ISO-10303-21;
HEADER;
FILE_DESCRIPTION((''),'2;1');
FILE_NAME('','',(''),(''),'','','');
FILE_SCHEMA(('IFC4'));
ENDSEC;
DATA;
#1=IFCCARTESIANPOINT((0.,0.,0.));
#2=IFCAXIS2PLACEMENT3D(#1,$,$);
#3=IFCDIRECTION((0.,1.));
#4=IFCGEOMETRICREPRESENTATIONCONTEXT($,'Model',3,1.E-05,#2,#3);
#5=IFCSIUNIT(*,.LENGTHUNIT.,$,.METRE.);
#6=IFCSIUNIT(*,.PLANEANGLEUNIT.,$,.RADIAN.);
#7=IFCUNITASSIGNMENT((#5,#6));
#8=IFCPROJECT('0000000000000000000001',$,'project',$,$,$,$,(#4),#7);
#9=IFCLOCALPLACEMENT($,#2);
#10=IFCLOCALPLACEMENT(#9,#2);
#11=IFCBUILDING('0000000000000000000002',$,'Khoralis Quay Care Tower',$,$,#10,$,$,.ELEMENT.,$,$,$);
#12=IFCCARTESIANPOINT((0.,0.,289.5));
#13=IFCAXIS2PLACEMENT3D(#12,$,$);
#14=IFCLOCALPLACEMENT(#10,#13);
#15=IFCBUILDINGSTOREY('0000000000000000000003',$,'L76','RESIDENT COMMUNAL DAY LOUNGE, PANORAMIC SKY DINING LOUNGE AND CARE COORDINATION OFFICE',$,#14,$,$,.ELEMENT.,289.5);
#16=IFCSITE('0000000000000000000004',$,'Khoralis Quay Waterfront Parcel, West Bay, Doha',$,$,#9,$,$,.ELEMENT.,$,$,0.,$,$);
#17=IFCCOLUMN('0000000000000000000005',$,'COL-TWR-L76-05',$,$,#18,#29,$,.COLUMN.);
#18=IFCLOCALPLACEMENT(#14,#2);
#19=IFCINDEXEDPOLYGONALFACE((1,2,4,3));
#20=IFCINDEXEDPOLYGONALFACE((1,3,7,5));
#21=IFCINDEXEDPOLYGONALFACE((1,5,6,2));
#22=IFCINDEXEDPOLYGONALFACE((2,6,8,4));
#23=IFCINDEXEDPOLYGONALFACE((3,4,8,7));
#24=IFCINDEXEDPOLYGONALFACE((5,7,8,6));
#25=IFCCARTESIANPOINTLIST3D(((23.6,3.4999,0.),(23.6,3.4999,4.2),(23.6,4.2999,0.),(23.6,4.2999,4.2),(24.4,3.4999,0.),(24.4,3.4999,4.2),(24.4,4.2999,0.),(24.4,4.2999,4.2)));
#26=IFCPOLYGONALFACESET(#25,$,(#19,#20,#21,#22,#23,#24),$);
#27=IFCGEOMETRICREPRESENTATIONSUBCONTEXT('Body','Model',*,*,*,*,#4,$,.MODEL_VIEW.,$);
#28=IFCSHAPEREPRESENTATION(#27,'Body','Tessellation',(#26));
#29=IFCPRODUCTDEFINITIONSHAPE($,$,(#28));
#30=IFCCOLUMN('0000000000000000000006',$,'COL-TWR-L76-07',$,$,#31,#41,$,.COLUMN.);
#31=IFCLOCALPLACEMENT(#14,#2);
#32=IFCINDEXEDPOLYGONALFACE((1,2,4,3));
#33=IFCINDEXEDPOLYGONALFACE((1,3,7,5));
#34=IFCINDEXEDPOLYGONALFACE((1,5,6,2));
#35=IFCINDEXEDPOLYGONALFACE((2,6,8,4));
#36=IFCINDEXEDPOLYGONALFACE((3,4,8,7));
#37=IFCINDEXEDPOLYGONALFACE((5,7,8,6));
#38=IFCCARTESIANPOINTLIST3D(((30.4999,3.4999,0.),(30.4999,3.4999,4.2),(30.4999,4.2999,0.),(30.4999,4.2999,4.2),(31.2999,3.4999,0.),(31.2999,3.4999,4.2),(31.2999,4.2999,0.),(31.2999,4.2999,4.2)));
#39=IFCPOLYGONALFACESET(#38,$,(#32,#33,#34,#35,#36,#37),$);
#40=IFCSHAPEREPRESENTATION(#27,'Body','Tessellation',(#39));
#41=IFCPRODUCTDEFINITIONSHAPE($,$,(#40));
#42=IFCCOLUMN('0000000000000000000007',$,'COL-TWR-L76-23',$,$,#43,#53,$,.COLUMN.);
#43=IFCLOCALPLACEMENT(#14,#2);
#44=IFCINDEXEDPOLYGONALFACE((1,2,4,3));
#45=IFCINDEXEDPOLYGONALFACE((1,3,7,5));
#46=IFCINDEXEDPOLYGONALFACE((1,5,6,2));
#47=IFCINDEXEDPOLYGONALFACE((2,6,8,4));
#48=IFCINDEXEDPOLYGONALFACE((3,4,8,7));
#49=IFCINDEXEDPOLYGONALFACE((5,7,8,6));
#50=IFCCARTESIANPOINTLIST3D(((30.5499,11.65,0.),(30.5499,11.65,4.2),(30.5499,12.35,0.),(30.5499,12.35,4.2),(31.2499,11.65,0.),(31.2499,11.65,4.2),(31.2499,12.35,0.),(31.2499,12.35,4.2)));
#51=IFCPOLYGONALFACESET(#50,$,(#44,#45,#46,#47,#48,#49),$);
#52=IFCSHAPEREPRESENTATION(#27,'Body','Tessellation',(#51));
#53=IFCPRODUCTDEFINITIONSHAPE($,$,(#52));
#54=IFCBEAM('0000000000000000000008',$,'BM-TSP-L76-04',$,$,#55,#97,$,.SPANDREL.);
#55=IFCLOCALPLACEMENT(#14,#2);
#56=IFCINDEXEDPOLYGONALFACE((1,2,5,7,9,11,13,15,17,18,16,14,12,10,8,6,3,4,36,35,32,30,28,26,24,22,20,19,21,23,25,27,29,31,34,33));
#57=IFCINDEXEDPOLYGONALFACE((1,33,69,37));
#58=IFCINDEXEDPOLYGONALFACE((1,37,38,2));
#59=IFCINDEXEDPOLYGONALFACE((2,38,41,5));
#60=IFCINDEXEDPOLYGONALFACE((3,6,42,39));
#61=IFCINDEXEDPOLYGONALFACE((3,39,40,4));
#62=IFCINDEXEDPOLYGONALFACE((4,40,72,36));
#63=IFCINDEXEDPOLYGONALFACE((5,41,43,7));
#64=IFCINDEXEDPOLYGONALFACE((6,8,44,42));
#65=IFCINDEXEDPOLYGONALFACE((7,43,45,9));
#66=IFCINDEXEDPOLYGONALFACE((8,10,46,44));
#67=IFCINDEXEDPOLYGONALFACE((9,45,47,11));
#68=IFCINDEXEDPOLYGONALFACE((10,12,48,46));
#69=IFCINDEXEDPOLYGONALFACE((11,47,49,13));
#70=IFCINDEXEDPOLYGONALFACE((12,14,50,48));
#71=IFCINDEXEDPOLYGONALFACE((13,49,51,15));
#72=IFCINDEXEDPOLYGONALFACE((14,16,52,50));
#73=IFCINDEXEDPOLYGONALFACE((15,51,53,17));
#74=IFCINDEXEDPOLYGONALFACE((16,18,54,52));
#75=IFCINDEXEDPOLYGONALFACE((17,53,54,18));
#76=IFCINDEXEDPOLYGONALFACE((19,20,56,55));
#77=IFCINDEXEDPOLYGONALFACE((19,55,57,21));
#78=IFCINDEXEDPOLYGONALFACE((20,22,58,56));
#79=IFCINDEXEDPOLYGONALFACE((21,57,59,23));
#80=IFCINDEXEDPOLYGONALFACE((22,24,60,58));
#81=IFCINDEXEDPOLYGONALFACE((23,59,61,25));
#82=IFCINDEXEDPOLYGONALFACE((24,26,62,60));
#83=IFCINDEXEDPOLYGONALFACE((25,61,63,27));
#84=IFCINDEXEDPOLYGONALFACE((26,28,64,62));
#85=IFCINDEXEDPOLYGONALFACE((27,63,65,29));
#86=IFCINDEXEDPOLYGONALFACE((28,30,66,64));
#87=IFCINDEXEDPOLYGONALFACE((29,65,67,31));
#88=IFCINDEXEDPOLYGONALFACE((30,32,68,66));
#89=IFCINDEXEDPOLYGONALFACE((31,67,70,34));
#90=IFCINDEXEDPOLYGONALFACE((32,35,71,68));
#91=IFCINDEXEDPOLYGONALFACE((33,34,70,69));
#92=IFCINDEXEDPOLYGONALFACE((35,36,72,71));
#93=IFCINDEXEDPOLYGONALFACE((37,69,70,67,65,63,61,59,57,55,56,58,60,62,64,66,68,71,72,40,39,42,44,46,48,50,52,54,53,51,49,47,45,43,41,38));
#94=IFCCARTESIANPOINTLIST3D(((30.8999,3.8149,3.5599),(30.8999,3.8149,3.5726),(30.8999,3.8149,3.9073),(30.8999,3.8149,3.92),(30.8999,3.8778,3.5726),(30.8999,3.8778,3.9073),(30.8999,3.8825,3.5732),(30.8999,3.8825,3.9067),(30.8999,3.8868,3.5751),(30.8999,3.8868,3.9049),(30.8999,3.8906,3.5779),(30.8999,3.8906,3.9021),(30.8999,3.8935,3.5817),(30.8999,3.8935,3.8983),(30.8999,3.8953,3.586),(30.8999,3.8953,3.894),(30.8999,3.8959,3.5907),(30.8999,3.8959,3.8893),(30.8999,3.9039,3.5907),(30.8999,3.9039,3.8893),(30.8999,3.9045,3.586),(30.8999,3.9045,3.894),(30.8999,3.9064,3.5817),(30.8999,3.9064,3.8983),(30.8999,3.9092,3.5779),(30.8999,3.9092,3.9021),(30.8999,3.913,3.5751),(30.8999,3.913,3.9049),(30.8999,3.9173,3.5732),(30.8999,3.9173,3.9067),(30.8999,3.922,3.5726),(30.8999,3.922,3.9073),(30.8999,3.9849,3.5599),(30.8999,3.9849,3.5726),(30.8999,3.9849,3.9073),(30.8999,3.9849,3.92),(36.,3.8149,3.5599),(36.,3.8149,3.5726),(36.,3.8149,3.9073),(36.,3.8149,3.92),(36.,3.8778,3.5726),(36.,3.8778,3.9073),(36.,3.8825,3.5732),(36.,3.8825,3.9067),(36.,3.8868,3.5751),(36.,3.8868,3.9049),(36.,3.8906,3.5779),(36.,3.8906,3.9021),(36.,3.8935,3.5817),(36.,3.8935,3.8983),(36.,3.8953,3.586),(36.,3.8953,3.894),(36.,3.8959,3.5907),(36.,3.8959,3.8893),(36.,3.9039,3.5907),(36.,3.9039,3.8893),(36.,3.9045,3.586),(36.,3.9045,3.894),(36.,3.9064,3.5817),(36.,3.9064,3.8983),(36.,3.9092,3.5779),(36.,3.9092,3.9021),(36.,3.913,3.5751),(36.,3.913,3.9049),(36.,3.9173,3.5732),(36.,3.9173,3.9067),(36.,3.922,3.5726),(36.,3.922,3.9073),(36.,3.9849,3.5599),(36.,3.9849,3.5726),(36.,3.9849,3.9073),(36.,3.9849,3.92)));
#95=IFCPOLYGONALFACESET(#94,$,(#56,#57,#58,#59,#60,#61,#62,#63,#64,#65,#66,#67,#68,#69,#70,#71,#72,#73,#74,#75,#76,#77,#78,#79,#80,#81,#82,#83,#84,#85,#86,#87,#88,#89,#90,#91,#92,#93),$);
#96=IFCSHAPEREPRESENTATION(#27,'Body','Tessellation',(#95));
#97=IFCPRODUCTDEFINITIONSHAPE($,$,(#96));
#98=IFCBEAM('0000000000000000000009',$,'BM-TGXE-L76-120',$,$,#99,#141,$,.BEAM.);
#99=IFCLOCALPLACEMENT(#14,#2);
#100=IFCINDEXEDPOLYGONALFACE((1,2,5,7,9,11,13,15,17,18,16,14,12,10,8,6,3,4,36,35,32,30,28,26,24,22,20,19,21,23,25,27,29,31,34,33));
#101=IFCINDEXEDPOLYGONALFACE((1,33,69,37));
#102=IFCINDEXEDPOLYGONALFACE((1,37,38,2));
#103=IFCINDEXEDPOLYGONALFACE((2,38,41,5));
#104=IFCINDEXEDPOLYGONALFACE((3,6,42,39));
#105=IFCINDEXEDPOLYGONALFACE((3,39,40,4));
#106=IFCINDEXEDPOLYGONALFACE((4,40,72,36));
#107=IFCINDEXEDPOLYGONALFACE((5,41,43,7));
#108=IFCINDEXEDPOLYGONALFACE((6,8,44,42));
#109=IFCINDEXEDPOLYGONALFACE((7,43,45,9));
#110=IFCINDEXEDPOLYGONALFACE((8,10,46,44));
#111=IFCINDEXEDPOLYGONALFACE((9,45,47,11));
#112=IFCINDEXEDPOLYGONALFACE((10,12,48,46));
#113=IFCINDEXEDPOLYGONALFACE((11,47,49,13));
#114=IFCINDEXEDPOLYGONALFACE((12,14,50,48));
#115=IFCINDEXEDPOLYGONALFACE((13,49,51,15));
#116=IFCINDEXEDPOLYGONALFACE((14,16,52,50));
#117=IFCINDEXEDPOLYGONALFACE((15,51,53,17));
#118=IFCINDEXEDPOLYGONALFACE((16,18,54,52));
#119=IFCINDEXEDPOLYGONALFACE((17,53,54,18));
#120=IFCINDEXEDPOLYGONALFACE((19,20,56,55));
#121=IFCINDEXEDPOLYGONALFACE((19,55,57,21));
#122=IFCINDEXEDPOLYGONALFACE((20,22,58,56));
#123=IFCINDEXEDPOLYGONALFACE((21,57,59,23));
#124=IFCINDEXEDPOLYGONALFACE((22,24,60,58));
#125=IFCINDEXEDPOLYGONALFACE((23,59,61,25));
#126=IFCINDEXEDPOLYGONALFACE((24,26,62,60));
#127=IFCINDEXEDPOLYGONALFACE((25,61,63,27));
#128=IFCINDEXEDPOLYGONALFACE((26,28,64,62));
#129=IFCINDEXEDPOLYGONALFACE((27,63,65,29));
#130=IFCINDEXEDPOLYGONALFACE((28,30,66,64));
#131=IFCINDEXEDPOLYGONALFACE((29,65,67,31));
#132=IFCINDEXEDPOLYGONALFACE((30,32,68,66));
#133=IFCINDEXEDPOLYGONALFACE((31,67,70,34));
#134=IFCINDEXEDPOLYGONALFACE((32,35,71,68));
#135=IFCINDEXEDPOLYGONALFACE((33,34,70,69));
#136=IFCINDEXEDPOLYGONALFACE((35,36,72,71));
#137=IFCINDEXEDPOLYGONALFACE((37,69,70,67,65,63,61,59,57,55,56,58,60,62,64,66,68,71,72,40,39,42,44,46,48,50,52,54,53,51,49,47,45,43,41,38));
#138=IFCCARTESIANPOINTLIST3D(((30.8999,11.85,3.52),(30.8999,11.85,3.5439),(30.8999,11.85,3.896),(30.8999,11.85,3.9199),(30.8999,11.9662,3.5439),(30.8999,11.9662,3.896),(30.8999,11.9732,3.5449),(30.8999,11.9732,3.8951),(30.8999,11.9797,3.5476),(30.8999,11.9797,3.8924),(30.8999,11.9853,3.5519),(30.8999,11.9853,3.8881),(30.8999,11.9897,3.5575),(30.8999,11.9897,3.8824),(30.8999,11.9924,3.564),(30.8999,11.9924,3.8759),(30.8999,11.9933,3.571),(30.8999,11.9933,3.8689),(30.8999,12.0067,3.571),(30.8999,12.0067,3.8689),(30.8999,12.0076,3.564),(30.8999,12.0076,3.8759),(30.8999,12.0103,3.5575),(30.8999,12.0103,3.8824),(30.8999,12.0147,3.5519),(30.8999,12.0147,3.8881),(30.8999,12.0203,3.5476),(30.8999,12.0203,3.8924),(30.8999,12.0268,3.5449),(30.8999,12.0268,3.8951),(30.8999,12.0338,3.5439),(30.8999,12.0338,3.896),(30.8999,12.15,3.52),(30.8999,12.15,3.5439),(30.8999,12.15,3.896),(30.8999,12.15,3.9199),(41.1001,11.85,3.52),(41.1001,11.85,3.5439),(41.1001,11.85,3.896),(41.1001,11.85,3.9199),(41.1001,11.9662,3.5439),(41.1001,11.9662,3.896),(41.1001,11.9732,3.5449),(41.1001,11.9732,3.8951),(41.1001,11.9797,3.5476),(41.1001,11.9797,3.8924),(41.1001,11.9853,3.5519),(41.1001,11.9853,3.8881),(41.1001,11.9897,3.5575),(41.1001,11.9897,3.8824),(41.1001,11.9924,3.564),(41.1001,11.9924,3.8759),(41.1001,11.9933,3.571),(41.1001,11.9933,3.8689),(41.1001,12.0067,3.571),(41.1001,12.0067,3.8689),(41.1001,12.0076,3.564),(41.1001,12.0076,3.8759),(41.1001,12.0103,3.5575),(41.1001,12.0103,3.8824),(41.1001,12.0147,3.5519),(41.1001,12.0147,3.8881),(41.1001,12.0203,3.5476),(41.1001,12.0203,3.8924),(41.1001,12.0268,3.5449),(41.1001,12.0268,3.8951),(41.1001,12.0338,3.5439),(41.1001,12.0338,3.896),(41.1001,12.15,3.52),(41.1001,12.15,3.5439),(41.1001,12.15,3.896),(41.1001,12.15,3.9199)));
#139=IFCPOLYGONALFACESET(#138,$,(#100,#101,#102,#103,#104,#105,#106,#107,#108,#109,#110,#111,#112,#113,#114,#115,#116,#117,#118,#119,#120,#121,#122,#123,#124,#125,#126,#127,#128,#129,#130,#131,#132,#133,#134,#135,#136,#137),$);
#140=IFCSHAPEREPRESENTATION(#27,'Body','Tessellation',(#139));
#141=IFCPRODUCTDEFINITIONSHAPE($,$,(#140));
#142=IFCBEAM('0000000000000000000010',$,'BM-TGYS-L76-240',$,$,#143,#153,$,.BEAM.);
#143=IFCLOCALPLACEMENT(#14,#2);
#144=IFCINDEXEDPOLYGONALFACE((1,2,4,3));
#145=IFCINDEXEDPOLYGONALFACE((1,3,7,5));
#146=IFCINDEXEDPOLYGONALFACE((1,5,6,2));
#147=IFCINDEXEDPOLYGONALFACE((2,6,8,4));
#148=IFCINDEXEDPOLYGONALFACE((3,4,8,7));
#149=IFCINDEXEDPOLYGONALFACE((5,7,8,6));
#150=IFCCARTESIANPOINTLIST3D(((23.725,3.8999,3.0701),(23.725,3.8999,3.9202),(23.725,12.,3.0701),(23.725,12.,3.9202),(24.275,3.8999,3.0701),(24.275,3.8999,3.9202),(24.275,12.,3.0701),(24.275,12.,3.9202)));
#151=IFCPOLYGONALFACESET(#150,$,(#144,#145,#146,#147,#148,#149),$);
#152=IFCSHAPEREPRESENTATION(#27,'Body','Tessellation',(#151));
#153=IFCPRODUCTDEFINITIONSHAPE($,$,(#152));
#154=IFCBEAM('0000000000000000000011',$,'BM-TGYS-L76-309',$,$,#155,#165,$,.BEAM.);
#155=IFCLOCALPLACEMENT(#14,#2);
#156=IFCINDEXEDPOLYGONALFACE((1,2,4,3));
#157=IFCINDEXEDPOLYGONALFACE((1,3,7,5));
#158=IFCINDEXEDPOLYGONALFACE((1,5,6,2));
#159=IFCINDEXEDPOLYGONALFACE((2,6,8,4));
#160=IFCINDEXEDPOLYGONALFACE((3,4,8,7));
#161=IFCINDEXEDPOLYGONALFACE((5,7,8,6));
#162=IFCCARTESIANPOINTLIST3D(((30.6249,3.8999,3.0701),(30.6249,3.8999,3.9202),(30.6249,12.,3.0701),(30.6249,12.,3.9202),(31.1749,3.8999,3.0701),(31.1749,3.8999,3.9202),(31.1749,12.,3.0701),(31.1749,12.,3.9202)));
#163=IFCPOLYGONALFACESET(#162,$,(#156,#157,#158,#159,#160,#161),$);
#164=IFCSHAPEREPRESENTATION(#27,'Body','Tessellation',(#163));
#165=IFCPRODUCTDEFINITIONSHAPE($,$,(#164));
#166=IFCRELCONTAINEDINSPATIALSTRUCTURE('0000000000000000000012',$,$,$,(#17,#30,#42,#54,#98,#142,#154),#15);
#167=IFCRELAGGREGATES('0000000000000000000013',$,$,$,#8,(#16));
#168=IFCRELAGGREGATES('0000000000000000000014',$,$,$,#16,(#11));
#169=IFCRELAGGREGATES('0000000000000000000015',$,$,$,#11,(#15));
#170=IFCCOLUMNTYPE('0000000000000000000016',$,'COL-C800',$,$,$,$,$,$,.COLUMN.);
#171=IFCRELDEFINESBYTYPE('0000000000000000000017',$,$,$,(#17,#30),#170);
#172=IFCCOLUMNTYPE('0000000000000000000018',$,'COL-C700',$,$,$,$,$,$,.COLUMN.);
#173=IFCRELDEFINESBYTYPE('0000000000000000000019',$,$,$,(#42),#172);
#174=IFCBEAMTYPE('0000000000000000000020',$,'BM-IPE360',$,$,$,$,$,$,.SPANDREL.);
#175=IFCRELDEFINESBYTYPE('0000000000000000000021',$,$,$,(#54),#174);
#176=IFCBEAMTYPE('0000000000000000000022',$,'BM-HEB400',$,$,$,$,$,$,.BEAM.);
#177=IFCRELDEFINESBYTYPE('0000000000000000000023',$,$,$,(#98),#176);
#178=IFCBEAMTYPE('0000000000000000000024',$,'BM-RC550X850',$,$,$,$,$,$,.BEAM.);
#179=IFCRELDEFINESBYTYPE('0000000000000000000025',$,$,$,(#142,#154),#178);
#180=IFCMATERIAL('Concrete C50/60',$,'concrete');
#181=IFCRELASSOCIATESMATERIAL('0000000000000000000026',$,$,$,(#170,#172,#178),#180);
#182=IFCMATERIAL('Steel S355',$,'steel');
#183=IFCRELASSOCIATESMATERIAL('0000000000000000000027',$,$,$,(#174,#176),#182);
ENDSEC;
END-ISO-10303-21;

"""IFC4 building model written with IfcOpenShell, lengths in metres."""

from ifc_helpers import new_model, si_unit, direction, frame, origin, origin_2d, place, context, subcontext, project, spatial, rectangle, i_section, extrude, source, transform, mapped, material, material_profile, profile_set, type_object, element, save


model = new_model("IFC4")

# Units and contexts
model_context = context("Model", 3, precision=1e-05, world=origin(), true_north=direction((0.0, 1.0)))
body_context = subcontext(model_context, "Body", "Model", "MODEL_VIEW")
ifc_project = project(units=[si_unit("LENGTHUNIT", "METRE"), si_unit("PLANEANGLEUNIT", "RADIAN")], contexts=[model_context])

# Site, building, storey
site_placement = place(None, origin())
site = spatial("IfcSite", under=ifc_project, at=site_placement, Name="Khoralis Quay Waterfront Parcel, West Bay, Doha", CompositionType="ELEMENT", RefElevation=0.0)
building_placement = place(site_placement, origin())
building = spatial("IfcBuilding", under=site, at=building_placement, Name="Khoralis Quay Care Tower", CompositionType="ELEMENT")
storey_placement = place(building_placement, frame((0.0, 0.0, 289.5)))
storey = spatial("IfcBuildingStorey", under=building, at=storey_placement, Name="L76", Description="RESIDENT COMMUNAL DAY LOUNGE, PANORAMIC SKY DINING LOUNGE AND CARE COORDINATION OFFICE", CompositionType="ELEMENT", Elevation=289.5)

# Columns
ifc_material_1 = material(Name="Concrete C50/60", Category="concrete")
ifc_material_profile_1 = material_profile(ifc_material_1, rectangle(XDim=0.8, YDim=0.8, at=origin_2d()), Name="Concrete C50/60")
ifc_profile_set_1 = profile_set([ifc_material_profile_1], Name="Concrete C50/60")
column_type_1 = type_object("IfcColumnType", Name="COL-C800", PredefinedType="COLUMN", material=ifc_profile_set_1)
shared_shape_1 = source(origin(), body_context, "Body", "SweptSolid", [
    extrude(rectangle(XDim=0.8, YDim=0.8, at=origin_2d()), origin(), (0.0, 0.0, 1.0), 4.2),
])
for number, where, z_axis, x_axis, name in (
    (1, (24.0, 3.8999, 0.0), (0.0, 0.0, 1.0), (1.0, 0.0, 0.0), "COL-TWR-L76-05"),
    (2, (30.8999, 3.8999, 0.0), (0.0, 0.0, 1.0), (1.0, 0.0, 0.0), "COL-TWR-L76-07"),
):
    element("IfcColumn", number, at=place(storey_placement, frame(where, z_axis=z_axis, x_axis=x_axis)), inside=storey, type_object=column_type_1, Name=name, PredefinedType="COLUMN", context=body_context, shape_type="MappedRepresentation", body=[
        mapped(shared_shape_1, transform((0.0, 0.0, 0.0), scale=1.0)),
    ])
ifc_material_profile_2 = material_profile(ifc_material_1, rectangle(XDim=0.7, YDim=0.7, at=origin_2d()), Name="Concrete C50/60")
ifc_profile_set_2 = profile_set([ifc_material_profile_2], Name="Concrete C50/60")
column_type_2 = type_object("IfcColumnType", Name="COL-C700", PredefinedType="COLUMN", material=ifc_profile_set_2)
shared_shape_2 = source(origin(), body_context, "Body", "SweptSolid", [
    extrude(rectangle(XDim=0.7, YDim=0.7, at=origin_2d()), origin(), (0.0, 0.0, 1.0), 4.2),
])
column_placement = place(storey_placement, frame((30.8999, 12.0, 0.0), z_axis=(0.0, 0.0, 1.0), x_axis=(1.0, 0.0, 0.0)))
element("IfcColumn", 3, at=column_placement, inside=storey, type_object=column_type_2, Name="COL-TWR-L76-23", PredefinedType="COLUMN", context=body_context, shape_type="MappedRepresentation", body=[
    mapped(shared_shape_2, transform((0.0, 0.0, 0.0), scale=1.0)),
])

# Beams
ifc_material_2 = material(Name="Steel S355", Category="steel")
ifc_material_profile_3 = material_profile(ifc_material_2, i_section(OverallWidth=0.1699, OverallDepth=0.3601, WebThickness=0.0081, FlangeThickness=0.0127, FilletRadius=0.0181, at=origin_2d()), Name="Steel S355")
ifc_profile_set_3 = profile_set([ifc_material_profile_3], Name="Steel S355")
beam_type_1 = type_object("IfcBeamType", Name="BM-IPE360", PredefinedType="SPANDREL", material=ifc_profile_set_3)
shared_shape_3 = source(origin(), body_context, "Body", "SweptSolid", [
    extrude(i_section(OverallWidth=0.1699, OverallDepth=0.3601, WebThickness=0.0081, FlangeThickness=0.0127, FilletRadius=0.0181, at=origin_2d()), origin(), (0.0, 0.0, 1.0), 5.1001),
])
beam_1_placement = place(storey_placement, frame((30.8999, 3.8999, 3.74), z_axis=(1.0, 0.0, 0.0), x_axis=(0.0, 1.0, 0.0)))
element("IfcBeam", 4, at=beam_1_placement, inside=storey, type_object=beam_type_1, Name="BM-TSP-L76-04", PredefinedType="SPANDREL", context=body_context, shape_type="MappedRepresentation", body=[
    mapped(shared_shape_3, transform((0.0, 0.0, 0.0), scale=1.0)),
])
ifc_material_profile_4 = material_profile(ifc_material_2, i_section(OverallWidth=0.3, OverallDepth=0.3999, WebThickness=0.0134, FlangeThickness=0.0239, FilletRadius=0.0271, at=origin_2d()), Name="Steel S355")
ifc_profile_set_4 = profile_set([ifc_material_profile_4], Name="Steel S355")
beam_type_2 = type_object("IfcBeamType", Name="BM-HEB400", PredefinedType="BEAM", material=ifc_profile_set_4)
shared_shape_4 = source(origin(), body_context, "Body", "SweptSolid", [
    extrude(i_section(OverallWidth=0.3, OverallDepth=0.3999, WebThickness=0.0134, FlangeThickness=0.0239, FilletRadius=0.0271, at=origin_2d()), origin(), (0.0, 0.0, 1.0), 10.2002),
])
beam_2_placement = place(storey_placement, frame((30.8999, 12.0, 3.72), z_axis=(1.0, 0.0, 0.0), x_axis=(0.0, 1.0, 0.0)))
element("IfcBeam", 5, at=beam_2_placement, inside=storey, type_object=beam_type_2, Name="BM-TGXE-L76-120", PredefinedType="BEAM", context=body_context, shape_type="MappedRepresentation", body=[
    mapped(shared_shape_4, transform((0.0, 0.0, 0.0), scale=1.0)),
])
ifc_material_profile_5 = material_profile(ifc_material_1, rectangle(XDim=0.55, YDim=0.8501, at=origin_2d()), Name="Concrete C50/60")
ifc_profile_set_5 = profile_set([ifc_material_profile_5], Name="Concrete C50/60")
beam_type_3 = type_object("IfcBeamType", Name="BM-RC550X850", PredefinedType="BEAM", material=ifc_profile_set_5)
shared_shape_5 = source(origin(), body_context, "Body", "SweptSolid", [
    extrude(rectangle(XDim=0.55, YDim=0.8501, at=origin_2d()), origin(), (0.0, 0.0, 1.0), 8.1001),
])
for number, where, z_axis, x_axis, name in (
    (6, (24.0, 3.8999, 3.4951), (0.0, 1.0, 0.0), (-1.0, 0.0, 0.0), "BM-TGYS-L76-240"),
    (7, (30.8999, 3.8999, 3.4951), (0.0, 1.0, 0.0), (-1.0, 0.0, 0.0), "BM-TGYS-L76-309"),
):
    element("IfcBeam", number, at=place(storey_placement, frame(where, z_axis=z_axis, x_axis=x_axis)), inside=storey, type_object=beam_type_3, Name=name, PredefinedType="BEAM", context=body_context, shape_type="MappedRepresentation", body=[
        mapped(shared_shape_5, transform((0.0, 0.0, 0.0), scale=1.0)),
    ])

save(model, "model.ifc")
